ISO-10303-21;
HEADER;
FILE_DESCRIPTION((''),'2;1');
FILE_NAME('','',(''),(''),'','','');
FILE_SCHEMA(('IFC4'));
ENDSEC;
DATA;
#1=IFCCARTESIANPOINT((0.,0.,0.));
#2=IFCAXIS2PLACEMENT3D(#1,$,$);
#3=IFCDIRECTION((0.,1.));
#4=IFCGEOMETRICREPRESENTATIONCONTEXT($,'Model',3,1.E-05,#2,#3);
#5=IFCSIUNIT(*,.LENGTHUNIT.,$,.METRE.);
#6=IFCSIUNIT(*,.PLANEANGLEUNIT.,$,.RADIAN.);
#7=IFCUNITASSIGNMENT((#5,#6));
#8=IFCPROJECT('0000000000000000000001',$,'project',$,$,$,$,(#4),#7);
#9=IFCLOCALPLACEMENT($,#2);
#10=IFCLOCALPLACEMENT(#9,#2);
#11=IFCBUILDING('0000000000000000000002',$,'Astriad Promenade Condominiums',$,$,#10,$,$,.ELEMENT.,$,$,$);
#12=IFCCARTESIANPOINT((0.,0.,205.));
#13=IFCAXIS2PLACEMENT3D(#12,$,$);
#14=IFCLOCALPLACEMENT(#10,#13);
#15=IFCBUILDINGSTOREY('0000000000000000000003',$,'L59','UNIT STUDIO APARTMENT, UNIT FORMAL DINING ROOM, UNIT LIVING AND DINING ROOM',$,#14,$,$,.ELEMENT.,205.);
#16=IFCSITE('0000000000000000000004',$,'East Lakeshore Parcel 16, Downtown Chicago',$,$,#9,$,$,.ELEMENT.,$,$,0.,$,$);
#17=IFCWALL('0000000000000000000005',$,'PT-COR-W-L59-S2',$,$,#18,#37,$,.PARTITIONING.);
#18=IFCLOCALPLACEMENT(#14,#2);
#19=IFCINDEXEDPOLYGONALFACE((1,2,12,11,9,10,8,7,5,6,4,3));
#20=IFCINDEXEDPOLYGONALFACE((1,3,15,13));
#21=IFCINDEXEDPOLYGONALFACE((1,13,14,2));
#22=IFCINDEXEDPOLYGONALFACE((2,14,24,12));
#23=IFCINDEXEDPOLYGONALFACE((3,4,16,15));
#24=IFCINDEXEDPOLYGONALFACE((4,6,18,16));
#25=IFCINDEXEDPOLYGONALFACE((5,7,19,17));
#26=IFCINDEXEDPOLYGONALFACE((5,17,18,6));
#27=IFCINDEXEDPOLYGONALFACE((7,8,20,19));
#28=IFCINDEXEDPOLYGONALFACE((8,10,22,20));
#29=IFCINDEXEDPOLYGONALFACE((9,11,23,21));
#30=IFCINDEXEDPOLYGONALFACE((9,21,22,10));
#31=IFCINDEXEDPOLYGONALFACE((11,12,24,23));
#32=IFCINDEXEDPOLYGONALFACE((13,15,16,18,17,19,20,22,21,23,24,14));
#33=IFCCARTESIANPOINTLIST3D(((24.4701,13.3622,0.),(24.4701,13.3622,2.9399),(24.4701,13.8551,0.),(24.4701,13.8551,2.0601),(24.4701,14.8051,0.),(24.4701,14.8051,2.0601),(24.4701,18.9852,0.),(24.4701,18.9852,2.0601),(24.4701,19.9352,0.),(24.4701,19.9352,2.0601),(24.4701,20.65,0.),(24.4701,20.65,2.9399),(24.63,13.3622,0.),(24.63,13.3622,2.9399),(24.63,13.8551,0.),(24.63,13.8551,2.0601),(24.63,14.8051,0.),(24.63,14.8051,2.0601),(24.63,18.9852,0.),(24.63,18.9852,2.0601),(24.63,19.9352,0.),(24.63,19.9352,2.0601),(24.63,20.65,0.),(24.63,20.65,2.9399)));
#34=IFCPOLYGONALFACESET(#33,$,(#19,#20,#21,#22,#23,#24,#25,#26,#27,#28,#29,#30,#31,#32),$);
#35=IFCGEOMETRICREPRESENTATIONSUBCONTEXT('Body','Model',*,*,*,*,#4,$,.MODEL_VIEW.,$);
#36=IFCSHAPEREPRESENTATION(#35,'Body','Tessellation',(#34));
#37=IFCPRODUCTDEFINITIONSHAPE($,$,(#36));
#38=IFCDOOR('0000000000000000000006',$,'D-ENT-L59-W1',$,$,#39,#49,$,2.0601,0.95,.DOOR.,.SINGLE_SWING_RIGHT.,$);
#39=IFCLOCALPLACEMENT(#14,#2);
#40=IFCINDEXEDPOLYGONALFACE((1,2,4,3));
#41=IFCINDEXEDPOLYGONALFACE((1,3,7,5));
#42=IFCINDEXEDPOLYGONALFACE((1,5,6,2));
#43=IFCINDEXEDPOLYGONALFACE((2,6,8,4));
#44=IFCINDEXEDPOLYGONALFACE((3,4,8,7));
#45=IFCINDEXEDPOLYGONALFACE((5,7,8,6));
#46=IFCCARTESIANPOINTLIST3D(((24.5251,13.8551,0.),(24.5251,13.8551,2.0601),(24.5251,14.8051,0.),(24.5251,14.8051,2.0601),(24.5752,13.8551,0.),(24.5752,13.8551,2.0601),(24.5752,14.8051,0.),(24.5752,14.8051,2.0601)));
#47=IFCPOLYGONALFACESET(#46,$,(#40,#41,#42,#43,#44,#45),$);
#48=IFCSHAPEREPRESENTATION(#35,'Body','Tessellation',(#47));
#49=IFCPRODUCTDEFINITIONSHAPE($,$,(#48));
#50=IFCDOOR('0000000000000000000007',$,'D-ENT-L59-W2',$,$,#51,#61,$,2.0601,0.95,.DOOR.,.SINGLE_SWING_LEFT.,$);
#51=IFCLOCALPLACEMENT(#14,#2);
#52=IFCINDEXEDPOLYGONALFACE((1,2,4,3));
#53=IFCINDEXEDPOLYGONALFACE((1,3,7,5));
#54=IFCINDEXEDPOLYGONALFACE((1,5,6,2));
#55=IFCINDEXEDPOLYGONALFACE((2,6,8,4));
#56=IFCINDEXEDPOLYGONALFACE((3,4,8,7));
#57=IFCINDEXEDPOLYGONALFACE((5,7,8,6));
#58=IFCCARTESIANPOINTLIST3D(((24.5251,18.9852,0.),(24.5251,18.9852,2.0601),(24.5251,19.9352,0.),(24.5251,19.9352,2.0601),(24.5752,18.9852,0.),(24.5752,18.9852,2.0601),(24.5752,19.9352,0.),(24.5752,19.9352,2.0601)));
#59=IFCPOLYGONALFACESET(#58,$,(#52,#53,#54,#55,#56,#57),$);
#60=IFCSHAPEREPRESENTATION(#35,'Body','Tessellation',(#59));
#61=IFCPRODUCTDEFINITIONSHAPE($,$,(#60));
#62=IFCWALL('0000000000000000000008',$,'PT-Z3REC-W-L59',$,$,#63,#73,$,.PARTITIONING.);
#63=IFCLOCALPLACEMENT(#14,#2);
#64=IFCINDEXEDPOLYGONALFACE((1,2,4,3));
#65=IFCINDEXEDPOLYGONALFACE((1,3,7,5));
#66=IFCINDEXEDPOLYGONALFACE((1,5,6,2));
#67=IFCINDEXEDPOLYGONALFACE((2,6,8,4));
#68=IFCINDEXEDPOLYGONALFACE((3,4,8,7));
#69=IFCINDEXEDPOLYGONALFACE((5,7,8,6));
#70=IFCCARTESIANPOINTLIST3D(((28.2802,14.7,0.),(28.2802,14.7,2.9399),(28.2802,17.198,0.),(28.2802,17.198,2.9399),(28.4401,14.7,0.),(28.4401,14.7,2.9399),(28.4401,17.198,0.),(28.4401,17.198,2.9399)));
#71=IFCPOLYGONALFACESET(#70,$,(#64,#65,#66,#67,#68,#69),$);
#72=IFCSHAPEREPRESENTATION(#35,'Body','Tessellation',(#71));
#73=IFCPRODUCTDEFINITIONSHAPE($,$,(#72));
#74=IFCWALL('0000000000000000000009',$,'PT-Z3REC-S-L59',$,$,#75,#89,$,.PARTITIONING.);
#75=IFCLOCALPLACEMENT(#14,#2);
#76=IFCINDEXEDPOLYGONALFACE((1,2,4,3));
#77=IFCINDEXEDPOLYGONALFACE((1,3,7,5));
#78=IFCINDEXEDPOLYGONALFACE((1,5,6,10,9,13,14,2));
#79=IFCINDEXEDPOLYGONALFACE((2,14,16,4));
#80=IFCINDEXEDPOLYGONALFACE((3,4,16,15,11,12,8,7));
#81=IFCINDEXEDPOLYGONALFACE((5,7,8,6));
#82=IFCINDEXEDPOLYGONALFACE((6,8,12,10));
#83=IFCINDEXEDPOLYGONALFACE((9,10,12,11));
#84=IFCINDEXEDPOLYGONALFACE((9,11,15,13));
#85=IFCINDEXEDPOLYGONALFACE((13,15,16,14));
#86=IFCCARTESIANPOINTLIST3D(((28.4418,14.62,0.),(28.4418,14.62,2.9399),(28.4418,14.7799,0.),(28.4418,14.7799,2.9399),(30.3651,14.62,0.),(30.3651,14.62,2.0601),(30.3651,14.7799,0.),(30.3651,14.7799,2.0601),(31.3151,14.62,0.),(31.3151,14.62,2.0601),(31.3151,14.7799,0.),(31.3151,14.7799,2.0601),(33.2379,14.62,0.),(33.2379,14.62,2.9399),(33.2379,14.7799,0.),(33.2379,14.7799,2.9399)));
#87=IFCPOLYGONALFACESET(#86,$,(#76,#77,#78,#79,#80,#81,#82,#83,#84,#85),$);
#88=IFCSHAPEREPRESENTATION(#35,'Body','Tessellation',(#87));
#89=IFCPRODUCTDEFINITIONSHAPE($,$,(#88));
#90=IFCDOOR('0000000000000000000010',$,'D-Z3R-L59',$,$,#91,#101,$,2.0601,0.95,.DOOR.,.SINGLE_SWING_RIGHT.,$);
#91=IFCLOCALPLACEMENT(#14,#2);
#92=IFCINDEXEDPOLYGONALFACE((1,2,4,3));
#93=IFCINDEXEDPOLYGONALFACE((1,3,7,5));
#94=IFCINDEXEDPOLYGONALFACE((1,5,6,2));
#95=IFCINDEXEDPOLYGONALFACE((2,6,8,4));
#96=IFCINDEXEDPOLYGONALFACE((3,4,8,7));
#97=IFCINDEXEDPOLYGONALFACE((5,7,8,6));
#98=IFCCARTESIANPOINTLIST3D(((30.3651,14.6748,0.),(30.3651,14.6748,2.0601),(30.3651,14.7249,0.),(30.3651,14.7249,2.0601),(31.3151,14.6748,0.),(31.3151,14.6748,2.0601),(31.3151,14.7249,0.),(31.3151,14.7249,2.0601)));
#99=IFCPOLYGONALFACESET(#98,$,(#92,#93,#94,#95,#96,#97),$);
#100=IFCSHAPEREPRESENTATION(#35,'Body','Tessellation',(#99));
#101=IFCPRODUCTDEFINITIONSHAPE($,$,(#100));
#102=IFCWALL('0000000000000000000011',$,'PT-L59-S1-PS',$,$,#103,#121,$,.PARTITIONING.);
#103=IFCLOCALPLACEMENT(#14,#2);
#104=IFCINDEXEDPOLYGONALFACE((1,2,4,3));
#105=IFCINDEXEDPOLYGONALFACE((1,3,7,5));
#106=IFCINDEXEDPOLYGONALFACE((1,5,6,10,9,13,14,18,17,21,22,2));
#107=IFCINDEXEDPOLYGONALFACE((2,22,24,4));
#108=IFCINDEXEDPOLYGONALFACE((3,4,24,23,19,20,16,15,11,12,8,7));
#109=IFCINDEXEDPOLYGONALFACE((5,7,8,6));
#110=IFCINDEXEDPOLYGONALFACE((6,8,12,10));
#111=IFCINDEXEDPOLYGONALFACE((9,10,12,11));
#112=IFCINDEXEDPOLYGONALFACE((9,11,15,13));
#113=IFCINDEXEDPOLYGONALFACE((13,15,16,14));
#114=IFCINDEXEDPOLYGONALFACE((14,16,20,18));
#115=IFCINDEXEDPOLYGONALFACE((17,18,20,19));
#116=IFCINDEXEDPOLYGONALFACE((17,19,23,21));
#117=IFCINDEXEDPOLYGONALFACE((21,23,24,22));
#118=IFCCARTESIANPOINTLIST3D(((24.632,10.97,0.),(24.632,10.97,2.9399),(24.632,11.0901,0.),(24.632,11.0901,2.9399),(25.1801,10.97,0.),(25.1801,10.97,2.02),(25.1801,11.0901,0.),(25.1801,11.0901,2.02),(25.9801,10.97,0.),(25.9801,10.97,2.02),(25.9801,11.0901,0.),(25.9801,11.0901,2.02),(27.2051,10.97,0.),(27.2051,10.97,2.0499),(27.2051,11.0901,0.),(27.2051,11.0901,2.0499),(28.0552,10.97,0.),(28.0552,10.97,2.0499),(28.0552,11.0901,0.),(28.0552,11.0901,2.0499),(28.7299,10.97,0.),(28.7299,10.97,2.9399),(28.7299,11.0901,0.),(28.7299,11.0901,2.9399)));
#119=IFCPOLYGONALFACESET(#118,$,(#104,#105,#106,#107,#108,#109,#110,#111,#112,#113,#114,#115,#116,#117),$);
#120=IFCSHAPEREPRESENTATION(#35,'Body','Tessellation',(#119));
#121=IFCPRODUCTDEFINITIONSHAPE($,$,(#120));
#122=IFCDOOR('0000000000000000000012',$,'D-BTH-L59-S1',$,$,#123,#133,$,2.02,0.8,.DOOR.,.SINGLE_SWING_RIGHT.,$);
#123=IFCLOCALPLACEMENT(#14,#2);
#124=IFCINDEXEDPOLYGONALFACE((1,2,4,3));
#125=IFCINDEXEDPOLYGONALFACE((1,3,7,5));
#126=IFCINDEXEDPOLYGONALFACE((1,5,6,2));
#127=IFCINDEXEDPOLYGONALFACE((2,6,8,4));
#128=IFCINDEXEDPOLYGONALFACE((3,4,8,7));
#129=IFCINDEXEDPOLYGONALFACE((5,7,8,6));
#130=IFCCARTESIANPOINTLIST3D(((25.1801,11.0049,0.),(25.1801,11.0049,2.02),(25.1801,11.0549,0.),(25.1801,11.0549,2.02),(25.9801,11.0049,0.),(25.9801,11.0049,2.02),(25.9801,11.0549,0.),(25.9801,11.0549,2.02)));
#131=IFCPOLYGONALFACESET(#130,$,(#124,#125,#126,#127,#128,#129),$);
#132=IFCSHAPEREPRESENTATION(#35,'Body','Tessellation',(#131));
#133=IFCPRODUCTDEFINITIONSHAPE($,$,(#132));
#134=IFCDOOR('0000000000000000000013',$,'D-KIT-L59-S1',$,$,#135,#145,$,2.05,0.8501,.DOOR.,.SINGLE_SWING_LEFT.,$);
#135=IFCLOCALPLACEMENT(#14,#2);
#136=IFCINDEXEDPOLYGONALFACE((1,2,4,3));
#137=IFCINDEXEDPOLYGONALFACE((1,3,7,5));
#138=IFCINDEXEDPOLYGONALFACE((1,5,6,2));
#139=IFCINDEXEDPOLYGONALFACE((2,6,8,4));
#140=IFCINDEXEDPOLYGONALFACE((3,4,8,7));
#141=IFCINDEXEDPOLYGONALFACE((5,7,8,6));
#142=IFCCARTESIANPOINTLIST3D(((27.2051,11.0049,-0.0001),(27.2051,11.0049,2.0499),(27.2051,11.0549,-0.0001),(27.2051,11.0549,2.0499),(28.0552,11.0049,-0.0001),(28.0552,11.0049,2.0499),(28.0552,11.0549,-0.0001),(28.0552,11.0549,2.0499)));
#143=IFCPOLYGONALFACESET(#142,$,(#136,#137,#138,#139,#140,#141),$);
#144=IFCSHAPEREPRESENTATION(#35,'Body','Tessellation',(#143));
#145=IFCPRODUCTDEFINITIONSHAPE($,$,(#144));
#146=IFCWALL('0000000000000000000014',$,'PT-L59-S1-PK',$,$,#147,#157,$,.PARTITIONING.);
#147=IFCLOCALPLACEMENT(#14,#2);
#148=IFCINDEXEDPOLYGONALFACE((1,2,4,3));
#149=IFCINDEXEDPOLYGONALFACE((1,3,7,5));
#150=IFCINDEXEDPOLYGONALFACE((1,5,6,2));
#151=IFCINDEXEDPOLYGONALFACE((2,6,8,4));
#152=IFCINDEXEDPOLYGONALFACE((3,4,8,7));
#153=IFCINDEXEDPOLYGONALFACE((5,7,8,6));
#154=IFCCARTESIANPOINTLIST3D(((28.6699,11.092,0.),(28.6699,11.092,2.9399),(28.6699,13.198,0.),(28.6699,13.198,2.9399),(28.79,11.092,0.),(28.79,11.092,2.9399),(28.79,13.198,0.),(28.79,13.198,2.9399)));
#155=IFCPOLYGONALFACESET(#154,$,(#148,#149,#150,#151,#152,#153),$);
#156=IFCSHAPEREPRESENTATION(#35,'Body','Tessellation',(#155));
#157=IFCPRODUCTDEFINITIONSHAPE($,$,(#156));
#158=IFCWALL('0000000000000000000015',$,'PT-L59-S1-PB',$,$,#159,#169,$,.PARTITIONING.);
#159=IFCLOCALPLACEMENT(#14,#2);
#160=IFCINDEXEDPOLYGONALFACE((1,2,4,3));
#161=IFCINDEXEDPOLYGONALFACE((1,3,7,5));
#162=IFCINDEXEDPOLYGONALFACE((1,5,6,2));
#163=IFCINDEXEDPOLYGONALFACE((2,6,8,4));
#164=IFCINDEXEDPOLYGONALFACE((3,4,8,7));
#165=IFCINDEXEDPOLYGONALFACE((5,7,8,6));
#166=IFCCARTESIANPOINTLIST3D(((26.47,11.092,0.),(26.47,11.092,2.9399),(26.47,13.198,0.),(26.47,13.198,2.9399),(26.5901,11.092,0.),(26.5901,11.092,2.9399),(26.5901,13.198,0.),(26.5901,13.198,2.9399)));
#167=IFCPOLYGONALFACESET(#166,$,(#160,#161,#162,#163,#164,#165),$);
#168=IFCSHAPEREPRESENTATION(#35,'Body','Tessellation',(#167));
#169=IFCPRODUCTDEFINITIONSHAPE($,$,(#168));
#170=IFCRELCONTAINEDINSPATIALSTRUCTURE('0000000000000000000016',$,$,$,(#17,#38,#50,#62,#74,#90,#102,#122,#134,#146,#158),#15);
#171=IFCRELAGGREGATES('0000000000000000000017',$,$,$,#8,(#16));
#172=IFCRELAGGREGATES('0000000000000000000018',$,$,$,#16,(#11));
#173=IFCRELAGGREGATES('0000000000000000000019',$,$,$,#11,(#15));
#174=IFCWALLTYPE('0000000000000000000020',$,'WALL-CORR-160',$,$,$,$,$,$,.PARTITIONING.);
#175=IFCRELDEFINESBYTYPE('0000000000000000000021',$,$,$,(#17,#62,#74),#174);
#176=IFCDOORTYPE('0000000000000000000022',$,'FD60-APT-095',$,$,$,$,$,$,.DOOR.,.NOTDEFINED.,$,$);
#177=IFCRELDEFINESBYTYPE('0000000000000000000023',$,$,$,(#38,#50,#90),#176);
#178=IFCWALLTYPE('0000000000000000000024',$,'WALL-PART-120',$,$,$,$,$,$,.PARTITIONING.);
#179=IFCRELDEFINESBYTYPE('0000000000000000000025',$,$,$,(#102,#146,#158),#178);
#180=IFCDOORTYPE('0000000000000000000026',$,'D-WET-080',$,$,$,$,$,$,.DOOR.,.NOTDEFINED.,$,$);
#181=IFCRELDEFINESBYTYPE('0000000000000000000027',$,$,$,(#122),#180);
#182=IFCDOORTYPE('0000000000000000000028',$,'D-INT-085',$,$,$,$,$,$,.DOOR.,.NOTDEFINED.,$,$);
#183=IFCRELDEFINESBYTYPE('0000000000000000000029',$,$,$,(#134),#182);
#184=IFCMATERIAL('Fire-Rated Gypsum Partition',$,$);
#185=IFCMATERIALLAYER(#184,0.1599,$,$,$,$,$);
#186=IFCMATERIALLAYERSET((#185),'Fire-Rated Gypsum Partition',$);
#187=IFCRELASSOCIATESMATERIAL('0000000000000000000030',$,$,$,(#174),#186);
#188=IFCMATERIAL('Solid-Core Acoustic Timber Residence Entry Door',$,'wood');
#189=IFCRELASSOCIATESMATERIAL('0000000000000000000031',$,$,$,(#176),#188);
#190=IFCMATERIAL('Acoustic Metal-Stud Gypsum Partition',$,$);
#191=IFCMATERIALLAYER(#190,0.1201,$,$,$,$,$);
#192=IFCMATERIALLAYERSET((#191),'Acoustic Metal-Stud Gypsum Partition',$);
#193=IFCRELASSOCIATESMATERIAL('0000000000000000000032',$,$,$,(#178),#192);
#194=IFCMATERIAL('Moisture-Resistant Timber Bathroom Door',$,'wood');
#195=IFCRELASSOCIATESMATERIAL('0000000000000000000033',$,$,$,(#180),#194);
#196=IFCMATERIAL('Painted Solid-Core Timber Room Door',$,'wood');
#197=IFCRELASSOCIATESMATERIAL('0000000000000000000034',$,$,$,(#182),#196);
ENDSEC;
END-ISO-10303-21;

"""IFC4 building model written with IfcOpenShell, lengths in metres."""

from ifc_helpers import new_model, si_unit, direction, frame, frame_2d, origin, place, context, subcontext, project, spatial, rectangle, extrude, source, transform, mapped, material, layer, layer_set, type_object, type_shapes, element, fill, save


model = new_model("IFC4")

# Units and contexts
model_context = context("Model", 3, precision=1e-05, world=origin(), true_north=direction((0.0, 1.0)))
body_context = subcontext(model_context, "Body", "Model", "MODEL_VIEW")
ifc_project = project(units=[si_unit("LENGTHUNIT", "METRE"), si_unit("PLANEANGLEUNIT", "RADIAN")], contexts=[model_context])

# Site, building, storey
site_placement = place(None, origin())
site = spatial("IfcSite", under=ifc_project, at=site_placement, Name="East Lakeshore Parcel 16, Downtown Chicago", CompositionType="ELEMENT", RefElevation=0.0)
building_placement = place(site_placement, origin())
building = spatial("IfcBuilding", under=site, at=building_placement, Name="Astriad Promenade Condominiums", CompositionType="ELEMENT")
storey_placement = place(building_placement, frame((0.0, 0.0, 205.0)))
storey = spatial("IfcBuildingStorey", under=building, at=storey_placement, Name="L59", Description="UNIT STUDIO APARTMENT, UNIT FORMAL DINING ROOM, UNIT LIVING AND DINING ROOM", CompositionType="ELEMENT", Elevation=205.0)

# Shared definitions
ifc_material_1 = material(Name="Fire-Rated Gypsum Partition")
ifc_layer_1 = layer(ifc_material_1, 0.1599)
ifc_layer_set_1 = layer_set([ifc_layer_1], Name="Fire-Rated Gypsum Partition")
wall_type_1 = type_object("IfcWallType", Name="WALL-CORR-160", PredefinedType="PARTITIONING", material=ifc_layer_set_1)
ifc_material_2 = material(Name="Solid-Core Acoustic Timber Residence Entry Door", Category="wood")
door_type_1 = type_object("IfcDoorType", Name="FD60-APT-095", OperationType="NOTDEFINED", PredefinedType="DOOR", material=ifc_material_2)
shared_shape_1 = source(origin(), body_context, "Body", "SweptSolid", [
    extrude(rectangle(XDim=0.95, YDim=2.0601, at=frame_2d((0.4751, 1.03))), frame((0.0, 0.0249, 0.0), z_axis=(0.0, -1.0, 0.0), x_axis=(1.0, 0.0, 0.0)), (0.0, 0.0, 1.0), 0.05),
])
type_shapes(door_type_1, [shared_shape_1])

# Wall, openings, doors
wall_1_placement = place(storey_placement, frame((24.55, 13.3621, 0.0), z_axis=(0.0, 0.0, 1.0), x_axis=(0.0, 1.0, 0.0)))
wall_1 = element("IfcWall", 1, at=wall_1_placement, inside=storey, type_object=wall_type_1, Name="PT-COR-W-L59-S2", PredefinedType="PARTITIONING", context=body_context, shape_type="SweptSolid", body=[
    extrude(rectangle(XDim=7.2878, YDim=0.1599, at=frame_2d((3.644, 0.0))), origin(), (0.0, 0.0, 1.0), 2.9399),
])
opening_1_placement = place(wall_1_placement, frame((0.4929, 0.0, 0.0)))
opening_1 = element("IfcOpeningElement", 2, at=opening_1_placement, cuts=wall_1, PredefinedType="OPENING", context=body_context, shape_type="SweptSolid", body=[
    extrude(rectangle(XDim=0.95, YDim=2.0601, at=frame_2d((0.4751, 1.03))), frame((0.0, 0.0898, 0.0), z_axis=(0.0, -1.0, 0.0), x_axis=(1.0, 0.0, 0.0)), (0.0, 0.0, 1.0), 0.1799),
])
opening_2_placement = place(wall_1_placement, frame((5.623, 0.0, 0.0)))
opening_2 = element("IfcOpeningElement", 3, at=opening_2_placement, cuts=wall_1, PredefinedType="OPENING", context=body_context, shape_type="SweptSolid", body=[
    extrude(rectangle(XDim=0.95, YDim=2.0601, at=frame_2d((0.4751, 1.03))), frame((0.0, 0.0898, 0.0), z_axis=(0.0, -1.0, 0.0), x_axis=(1.0, 0.0, 0.0)), (0.0, 0.0, 1.0), 0.1799),
])
door_1_placement = place(opening_1_placement, origin())
door_1 = element("IfcDoor", 4, at=door_1_placement, inside=storey, type_object=door_type_1, Name="D-ENT-L59-W1", OperationType="SINGLE_SWING_RIGHT", OverallHeight=2.0601, OverallWidth=0.95, PredefinedType="DOOR", context=body_context, shape_type="MappedRepresentation", body=[
    mapped(shared_shape_1, transform((0.0, 0.0, 0.0), scale=1.0)),
])
fill(opening_1, door_1)
door_2_placement = place(opening_2_placement, origin())
door_2 = element("IfcDoor", 5, at=door_2_placement, inside=storey, type_object=door_type_1, Name="D-ENT-L59-W2", OperationType="SINGLE_SWING_LEFT", OverallHeight=2.0601, OverallWidth=0.95, PredefinedType="DOOR", context=body_context, shape_type="MappedRepresentation", body=[
    mapped(shared_shape_1, transform((0.0, 0.0, 0.0), scale=1.0)),
])
fill(opening_2, door_2)

# Wall
wall_2_placement = place(storey_placement, frame((28.3601, 14.7, 0.0), z_axis=(0.0, 0.0, 1.0), x_axis=(0.0, 1.0, 0.0)))
element("IfcWall", 6, at=wall_2_placement, inside=storey, type_object=wall_type_1, Name="PT-Z3REC-W-L59", PredefinedType="PARTITIONING", context=body_context, shape_type="SweptSolid", body=[
    extrude(rectangle(XDim=2.498, YDim=0.1599, at=frame_2d((1.249, 0.0))), origin(), (0.0, 0.0, 1.0), 2.9399),
])

# Wall, opening, door
wall_3_placement = place(storey_placement, frame((28.4419, 14.7, 0.0), z_axis=(0.0, 0.0, 1.0), x_axis=(1.0, 0.0, 0.0)))
wall_3 = element("IfcWall", 7, at=wall_3_placement, inside=storey, type_object=wall_type_1, Name="PT-Z3REC-S-L59", PredefinedType="PARTITIONING", context=body_context, shape_type="SweptSolid", body=[
    extrude(rectangle(XDim=4.7961, YDim=0.1599, at=frame_2d((2.3979, 0.0))), origin(), (0.0, 0.0, 1.0), 2.9399),
])
opening_3_placement = place(wall_3_placement, frame((1.9231, 0.0, 0.0)))
opening_3 = element("IfcOpeningElement", 8, at=opening_3_placement, cuts=wall_3, PredefinedType="OPENING", context=body_context, shape_type="SweptSolid", body=[
    extrude(rectangle(XDim=0.95, YDim=2.0601, at=frame_2d((0.4751, 1.03))), frame((0.0, 0.0898, 0.0), z_axis=(0.0, -1.0, 0.0), x_axis=(1.0, 0.0, 0.0)), (0.0, 0.0, 1.0), 0.1799),
])
door_3_placement = place(opening_3_placement, origin())
door_3 = element("IfcDoor", 9, at=door_3_placement, inside=storey, type_object=door_type_1, Name="D-Z3R-L59", OperationType="SINGLE_SWING_RIGHT", OverallHeight=2.0601, OverallWidth=0.95, PredefinedType="DOOR", context=body_context, shape_type="MappedRepresentation", body=[
    mapped(shared_shape_1, transform((0.0, 0.0, 0.0), scale=1.0)),
])
fill(opening_3, door_3)

# Wall, openings, doors
ifc_material_3 = material(Name="Acoustic Metal-Stud Gypsum Partition")
ifc_layer_2 = layer(ifc_material_3, 0.1201)
ifc_layer_set_2 = layer_set([ifc_layer_2], Name="Acoustic Metal-Stud Gypsum Partition")
wall_type_2 = type_object("IfcWallType", Name="WALL-PART-120", PredefinedType="PARTITIONING", material=ifc_layer_set_2)
wall_4_placement = place(storey_placement, frame((24.6321, 11.03, 0.0), z_axis=(0.0, 0.0, 1.0), x_axis=(1.0, 0.0, 0.0)))
wall_4 = element("IfcWall", 10, at=wall_4_placement, inside=storey, type_object=wall_type_2, Name="PT-L59-S1-PS", PredefinedType="PARTITIONING", context=body_context, shape_type="SweptSolid", body=[
    extrude(rectangle(XDim=4.0979, YDim=0.1201, at=frame_2d((2.0488, 0.0))), origin(), (0.0, 0.0, 1.0), 2.9399),
])
opening_4_placement = place(wall_4_placement, frame((0.5481, 0.0, 0.0)))
opening_4 = element("IfcOpeningElement", 11, at=opening_4_placement, cuts=wall_4, PredefinedType="OPENING", context=body_context, shape_type="SweptSolid", body=[
    extrude(rectangle(XDim=0.8, YDim=2.02, at=frame_2d((0.3999, 1.01))), frame((0.0, 0.0701, 0.0), z_axis=(0.0, -1.0, 0.0), x_axis=(1.0, 0.0, 0.0)), (0.0, 0.0, 1.0), 0.1401),
])
opening_5_placement = place(wall_4_placement, frame((2.573, 0.0, 0.0)))
opening_5 = element("IfcOpeningElement", 12, at=opening_5_placement, cuts=wall_4, PredefinedType="OPENING", context=body_context, shape_type="SweptSolid", body=[
    extrude(rectangle(XDim=0.8501, YDim=2.05, at=frame_2d((0.425, 1.0249))), frame((0.0, 0.0701, 0.0), z_axis=(0.0, -1.0, 0.0), x_axis=(1.0, 0.0, 0.0)), (0.0, 0.0, 1.0), 0.1401),
])
ifc_material_4 = material(Name="Moisture-Resistant Timber Bathroom Door", Category="wood")
door_type_2 = type_object("IfcDoorType", Name="D-WET-080", OperationType="NOTDEFINED", PredefinedType="DOOR", material=ifc_material_4)
shared_shape_2 = source(origin(), body_context, "Body", "SweptSolid", [
    extrude(rectangle(XDim=0.8, YDim=2.02, at=frame_2d((0.3999, 1.01))), frame((0.0, 0.0249, 0.0), z_axis=(0.0, -1.0, 0.0), x_axis=(1.0, 0.0, 0.0)), (0.0, 0.0, 1.0), 0.05),
])
type_shapes(door_type_2, [shared_shape_2])
door_4_placement = place(opening_4_placement, origin())
door_4 = element("IfcDoor", 13, at=door_4_placement, inside=storey, type_object=door_type_2, Name="D-BTH-L59-S1", OperationType="SINGLE_SWING_RIGHT", OverallHeight=2.02, OverallWidth=0.8, PredefinedType="DOOR", context=body_context, shape_type="MappedRepresentation", body=[
    mapped(shared_shape_2, transform((0.0, 0.0, 0.0), scale=1.0)),
])
fill(opening_4, door_4)
ifc_material_5 = material(Name="Painted Solid-Core Timber Room Door", Category="wood")
door_type_3 = type_object("IfcDoorType", Name="D-INT-085", OperationType="NOTDEFINED", PredefinedType="DOOR", material=ifc_material_5)
shared_shape_3 = source(origin(), body_context, "Body", "SweptSolid", [
    extrude(rectangle(XDim=0.8501, YDim=2.05, at=frame_2d((0.425, 1.0249))), frame((0.0, 0.0249, 0.0), z_axis=(0.0, -1.0, 0.0), x_axis=(1.0, 0.0, 0.0)), (0.0, 0.0, 1.0), 0.05),
])
type_shapes(door_type_3, [shared_shape_3])
door_5_placement = place(opening_5_placement, origin())
door_5 = element("IfcDoor", 14, at=door_5_placement, inside=storey, type_object=door_type_3, Name="D-KIT-L59-S1", OperationType="SINGLE_SWING_LEFT", OverallHeight=2.05, OverallWidth=0.8501, PredefinedType="DOOR", context=body_context, shape_type="MappedRepresentation", body=[
    mapped(shared_shape_3, transform((0.0, 0.0, 0.0), scale=1.0)),
])
fill(opening_5, door_5)

# Walls
for number, where, z_axis, x_axis, name in (
    (15, (28.73, 11.092, 0.0), (0.0, 0.0, 1.0), (0.0, 1.0, 0.0), "PT-L59-S1-PK"),
    (16, (26.53, 11.092, 0.0), (0.0, 0.0, 1.0), (0.0, 1.0, 0.0), "PT-L59-S1-PB"),
):
    element("IfcWall", number, at=place(storey_placement, frame(where, z_axis=z_axis, x_axis=x_axis)), inside=storey, type_object=wall_type_2, Name=name, PredefinedType="PARTITIONING", context=body_context, shape_type="SweptSolid", body=[
        extrude(rectangle(XDim=2.106, YDim=0.1201, at=frame_2d((1.053, 0.0))), origin(), (0.0, 0.0, 1.0), 2.9399),
    ])

save(model, "model.ifc")
